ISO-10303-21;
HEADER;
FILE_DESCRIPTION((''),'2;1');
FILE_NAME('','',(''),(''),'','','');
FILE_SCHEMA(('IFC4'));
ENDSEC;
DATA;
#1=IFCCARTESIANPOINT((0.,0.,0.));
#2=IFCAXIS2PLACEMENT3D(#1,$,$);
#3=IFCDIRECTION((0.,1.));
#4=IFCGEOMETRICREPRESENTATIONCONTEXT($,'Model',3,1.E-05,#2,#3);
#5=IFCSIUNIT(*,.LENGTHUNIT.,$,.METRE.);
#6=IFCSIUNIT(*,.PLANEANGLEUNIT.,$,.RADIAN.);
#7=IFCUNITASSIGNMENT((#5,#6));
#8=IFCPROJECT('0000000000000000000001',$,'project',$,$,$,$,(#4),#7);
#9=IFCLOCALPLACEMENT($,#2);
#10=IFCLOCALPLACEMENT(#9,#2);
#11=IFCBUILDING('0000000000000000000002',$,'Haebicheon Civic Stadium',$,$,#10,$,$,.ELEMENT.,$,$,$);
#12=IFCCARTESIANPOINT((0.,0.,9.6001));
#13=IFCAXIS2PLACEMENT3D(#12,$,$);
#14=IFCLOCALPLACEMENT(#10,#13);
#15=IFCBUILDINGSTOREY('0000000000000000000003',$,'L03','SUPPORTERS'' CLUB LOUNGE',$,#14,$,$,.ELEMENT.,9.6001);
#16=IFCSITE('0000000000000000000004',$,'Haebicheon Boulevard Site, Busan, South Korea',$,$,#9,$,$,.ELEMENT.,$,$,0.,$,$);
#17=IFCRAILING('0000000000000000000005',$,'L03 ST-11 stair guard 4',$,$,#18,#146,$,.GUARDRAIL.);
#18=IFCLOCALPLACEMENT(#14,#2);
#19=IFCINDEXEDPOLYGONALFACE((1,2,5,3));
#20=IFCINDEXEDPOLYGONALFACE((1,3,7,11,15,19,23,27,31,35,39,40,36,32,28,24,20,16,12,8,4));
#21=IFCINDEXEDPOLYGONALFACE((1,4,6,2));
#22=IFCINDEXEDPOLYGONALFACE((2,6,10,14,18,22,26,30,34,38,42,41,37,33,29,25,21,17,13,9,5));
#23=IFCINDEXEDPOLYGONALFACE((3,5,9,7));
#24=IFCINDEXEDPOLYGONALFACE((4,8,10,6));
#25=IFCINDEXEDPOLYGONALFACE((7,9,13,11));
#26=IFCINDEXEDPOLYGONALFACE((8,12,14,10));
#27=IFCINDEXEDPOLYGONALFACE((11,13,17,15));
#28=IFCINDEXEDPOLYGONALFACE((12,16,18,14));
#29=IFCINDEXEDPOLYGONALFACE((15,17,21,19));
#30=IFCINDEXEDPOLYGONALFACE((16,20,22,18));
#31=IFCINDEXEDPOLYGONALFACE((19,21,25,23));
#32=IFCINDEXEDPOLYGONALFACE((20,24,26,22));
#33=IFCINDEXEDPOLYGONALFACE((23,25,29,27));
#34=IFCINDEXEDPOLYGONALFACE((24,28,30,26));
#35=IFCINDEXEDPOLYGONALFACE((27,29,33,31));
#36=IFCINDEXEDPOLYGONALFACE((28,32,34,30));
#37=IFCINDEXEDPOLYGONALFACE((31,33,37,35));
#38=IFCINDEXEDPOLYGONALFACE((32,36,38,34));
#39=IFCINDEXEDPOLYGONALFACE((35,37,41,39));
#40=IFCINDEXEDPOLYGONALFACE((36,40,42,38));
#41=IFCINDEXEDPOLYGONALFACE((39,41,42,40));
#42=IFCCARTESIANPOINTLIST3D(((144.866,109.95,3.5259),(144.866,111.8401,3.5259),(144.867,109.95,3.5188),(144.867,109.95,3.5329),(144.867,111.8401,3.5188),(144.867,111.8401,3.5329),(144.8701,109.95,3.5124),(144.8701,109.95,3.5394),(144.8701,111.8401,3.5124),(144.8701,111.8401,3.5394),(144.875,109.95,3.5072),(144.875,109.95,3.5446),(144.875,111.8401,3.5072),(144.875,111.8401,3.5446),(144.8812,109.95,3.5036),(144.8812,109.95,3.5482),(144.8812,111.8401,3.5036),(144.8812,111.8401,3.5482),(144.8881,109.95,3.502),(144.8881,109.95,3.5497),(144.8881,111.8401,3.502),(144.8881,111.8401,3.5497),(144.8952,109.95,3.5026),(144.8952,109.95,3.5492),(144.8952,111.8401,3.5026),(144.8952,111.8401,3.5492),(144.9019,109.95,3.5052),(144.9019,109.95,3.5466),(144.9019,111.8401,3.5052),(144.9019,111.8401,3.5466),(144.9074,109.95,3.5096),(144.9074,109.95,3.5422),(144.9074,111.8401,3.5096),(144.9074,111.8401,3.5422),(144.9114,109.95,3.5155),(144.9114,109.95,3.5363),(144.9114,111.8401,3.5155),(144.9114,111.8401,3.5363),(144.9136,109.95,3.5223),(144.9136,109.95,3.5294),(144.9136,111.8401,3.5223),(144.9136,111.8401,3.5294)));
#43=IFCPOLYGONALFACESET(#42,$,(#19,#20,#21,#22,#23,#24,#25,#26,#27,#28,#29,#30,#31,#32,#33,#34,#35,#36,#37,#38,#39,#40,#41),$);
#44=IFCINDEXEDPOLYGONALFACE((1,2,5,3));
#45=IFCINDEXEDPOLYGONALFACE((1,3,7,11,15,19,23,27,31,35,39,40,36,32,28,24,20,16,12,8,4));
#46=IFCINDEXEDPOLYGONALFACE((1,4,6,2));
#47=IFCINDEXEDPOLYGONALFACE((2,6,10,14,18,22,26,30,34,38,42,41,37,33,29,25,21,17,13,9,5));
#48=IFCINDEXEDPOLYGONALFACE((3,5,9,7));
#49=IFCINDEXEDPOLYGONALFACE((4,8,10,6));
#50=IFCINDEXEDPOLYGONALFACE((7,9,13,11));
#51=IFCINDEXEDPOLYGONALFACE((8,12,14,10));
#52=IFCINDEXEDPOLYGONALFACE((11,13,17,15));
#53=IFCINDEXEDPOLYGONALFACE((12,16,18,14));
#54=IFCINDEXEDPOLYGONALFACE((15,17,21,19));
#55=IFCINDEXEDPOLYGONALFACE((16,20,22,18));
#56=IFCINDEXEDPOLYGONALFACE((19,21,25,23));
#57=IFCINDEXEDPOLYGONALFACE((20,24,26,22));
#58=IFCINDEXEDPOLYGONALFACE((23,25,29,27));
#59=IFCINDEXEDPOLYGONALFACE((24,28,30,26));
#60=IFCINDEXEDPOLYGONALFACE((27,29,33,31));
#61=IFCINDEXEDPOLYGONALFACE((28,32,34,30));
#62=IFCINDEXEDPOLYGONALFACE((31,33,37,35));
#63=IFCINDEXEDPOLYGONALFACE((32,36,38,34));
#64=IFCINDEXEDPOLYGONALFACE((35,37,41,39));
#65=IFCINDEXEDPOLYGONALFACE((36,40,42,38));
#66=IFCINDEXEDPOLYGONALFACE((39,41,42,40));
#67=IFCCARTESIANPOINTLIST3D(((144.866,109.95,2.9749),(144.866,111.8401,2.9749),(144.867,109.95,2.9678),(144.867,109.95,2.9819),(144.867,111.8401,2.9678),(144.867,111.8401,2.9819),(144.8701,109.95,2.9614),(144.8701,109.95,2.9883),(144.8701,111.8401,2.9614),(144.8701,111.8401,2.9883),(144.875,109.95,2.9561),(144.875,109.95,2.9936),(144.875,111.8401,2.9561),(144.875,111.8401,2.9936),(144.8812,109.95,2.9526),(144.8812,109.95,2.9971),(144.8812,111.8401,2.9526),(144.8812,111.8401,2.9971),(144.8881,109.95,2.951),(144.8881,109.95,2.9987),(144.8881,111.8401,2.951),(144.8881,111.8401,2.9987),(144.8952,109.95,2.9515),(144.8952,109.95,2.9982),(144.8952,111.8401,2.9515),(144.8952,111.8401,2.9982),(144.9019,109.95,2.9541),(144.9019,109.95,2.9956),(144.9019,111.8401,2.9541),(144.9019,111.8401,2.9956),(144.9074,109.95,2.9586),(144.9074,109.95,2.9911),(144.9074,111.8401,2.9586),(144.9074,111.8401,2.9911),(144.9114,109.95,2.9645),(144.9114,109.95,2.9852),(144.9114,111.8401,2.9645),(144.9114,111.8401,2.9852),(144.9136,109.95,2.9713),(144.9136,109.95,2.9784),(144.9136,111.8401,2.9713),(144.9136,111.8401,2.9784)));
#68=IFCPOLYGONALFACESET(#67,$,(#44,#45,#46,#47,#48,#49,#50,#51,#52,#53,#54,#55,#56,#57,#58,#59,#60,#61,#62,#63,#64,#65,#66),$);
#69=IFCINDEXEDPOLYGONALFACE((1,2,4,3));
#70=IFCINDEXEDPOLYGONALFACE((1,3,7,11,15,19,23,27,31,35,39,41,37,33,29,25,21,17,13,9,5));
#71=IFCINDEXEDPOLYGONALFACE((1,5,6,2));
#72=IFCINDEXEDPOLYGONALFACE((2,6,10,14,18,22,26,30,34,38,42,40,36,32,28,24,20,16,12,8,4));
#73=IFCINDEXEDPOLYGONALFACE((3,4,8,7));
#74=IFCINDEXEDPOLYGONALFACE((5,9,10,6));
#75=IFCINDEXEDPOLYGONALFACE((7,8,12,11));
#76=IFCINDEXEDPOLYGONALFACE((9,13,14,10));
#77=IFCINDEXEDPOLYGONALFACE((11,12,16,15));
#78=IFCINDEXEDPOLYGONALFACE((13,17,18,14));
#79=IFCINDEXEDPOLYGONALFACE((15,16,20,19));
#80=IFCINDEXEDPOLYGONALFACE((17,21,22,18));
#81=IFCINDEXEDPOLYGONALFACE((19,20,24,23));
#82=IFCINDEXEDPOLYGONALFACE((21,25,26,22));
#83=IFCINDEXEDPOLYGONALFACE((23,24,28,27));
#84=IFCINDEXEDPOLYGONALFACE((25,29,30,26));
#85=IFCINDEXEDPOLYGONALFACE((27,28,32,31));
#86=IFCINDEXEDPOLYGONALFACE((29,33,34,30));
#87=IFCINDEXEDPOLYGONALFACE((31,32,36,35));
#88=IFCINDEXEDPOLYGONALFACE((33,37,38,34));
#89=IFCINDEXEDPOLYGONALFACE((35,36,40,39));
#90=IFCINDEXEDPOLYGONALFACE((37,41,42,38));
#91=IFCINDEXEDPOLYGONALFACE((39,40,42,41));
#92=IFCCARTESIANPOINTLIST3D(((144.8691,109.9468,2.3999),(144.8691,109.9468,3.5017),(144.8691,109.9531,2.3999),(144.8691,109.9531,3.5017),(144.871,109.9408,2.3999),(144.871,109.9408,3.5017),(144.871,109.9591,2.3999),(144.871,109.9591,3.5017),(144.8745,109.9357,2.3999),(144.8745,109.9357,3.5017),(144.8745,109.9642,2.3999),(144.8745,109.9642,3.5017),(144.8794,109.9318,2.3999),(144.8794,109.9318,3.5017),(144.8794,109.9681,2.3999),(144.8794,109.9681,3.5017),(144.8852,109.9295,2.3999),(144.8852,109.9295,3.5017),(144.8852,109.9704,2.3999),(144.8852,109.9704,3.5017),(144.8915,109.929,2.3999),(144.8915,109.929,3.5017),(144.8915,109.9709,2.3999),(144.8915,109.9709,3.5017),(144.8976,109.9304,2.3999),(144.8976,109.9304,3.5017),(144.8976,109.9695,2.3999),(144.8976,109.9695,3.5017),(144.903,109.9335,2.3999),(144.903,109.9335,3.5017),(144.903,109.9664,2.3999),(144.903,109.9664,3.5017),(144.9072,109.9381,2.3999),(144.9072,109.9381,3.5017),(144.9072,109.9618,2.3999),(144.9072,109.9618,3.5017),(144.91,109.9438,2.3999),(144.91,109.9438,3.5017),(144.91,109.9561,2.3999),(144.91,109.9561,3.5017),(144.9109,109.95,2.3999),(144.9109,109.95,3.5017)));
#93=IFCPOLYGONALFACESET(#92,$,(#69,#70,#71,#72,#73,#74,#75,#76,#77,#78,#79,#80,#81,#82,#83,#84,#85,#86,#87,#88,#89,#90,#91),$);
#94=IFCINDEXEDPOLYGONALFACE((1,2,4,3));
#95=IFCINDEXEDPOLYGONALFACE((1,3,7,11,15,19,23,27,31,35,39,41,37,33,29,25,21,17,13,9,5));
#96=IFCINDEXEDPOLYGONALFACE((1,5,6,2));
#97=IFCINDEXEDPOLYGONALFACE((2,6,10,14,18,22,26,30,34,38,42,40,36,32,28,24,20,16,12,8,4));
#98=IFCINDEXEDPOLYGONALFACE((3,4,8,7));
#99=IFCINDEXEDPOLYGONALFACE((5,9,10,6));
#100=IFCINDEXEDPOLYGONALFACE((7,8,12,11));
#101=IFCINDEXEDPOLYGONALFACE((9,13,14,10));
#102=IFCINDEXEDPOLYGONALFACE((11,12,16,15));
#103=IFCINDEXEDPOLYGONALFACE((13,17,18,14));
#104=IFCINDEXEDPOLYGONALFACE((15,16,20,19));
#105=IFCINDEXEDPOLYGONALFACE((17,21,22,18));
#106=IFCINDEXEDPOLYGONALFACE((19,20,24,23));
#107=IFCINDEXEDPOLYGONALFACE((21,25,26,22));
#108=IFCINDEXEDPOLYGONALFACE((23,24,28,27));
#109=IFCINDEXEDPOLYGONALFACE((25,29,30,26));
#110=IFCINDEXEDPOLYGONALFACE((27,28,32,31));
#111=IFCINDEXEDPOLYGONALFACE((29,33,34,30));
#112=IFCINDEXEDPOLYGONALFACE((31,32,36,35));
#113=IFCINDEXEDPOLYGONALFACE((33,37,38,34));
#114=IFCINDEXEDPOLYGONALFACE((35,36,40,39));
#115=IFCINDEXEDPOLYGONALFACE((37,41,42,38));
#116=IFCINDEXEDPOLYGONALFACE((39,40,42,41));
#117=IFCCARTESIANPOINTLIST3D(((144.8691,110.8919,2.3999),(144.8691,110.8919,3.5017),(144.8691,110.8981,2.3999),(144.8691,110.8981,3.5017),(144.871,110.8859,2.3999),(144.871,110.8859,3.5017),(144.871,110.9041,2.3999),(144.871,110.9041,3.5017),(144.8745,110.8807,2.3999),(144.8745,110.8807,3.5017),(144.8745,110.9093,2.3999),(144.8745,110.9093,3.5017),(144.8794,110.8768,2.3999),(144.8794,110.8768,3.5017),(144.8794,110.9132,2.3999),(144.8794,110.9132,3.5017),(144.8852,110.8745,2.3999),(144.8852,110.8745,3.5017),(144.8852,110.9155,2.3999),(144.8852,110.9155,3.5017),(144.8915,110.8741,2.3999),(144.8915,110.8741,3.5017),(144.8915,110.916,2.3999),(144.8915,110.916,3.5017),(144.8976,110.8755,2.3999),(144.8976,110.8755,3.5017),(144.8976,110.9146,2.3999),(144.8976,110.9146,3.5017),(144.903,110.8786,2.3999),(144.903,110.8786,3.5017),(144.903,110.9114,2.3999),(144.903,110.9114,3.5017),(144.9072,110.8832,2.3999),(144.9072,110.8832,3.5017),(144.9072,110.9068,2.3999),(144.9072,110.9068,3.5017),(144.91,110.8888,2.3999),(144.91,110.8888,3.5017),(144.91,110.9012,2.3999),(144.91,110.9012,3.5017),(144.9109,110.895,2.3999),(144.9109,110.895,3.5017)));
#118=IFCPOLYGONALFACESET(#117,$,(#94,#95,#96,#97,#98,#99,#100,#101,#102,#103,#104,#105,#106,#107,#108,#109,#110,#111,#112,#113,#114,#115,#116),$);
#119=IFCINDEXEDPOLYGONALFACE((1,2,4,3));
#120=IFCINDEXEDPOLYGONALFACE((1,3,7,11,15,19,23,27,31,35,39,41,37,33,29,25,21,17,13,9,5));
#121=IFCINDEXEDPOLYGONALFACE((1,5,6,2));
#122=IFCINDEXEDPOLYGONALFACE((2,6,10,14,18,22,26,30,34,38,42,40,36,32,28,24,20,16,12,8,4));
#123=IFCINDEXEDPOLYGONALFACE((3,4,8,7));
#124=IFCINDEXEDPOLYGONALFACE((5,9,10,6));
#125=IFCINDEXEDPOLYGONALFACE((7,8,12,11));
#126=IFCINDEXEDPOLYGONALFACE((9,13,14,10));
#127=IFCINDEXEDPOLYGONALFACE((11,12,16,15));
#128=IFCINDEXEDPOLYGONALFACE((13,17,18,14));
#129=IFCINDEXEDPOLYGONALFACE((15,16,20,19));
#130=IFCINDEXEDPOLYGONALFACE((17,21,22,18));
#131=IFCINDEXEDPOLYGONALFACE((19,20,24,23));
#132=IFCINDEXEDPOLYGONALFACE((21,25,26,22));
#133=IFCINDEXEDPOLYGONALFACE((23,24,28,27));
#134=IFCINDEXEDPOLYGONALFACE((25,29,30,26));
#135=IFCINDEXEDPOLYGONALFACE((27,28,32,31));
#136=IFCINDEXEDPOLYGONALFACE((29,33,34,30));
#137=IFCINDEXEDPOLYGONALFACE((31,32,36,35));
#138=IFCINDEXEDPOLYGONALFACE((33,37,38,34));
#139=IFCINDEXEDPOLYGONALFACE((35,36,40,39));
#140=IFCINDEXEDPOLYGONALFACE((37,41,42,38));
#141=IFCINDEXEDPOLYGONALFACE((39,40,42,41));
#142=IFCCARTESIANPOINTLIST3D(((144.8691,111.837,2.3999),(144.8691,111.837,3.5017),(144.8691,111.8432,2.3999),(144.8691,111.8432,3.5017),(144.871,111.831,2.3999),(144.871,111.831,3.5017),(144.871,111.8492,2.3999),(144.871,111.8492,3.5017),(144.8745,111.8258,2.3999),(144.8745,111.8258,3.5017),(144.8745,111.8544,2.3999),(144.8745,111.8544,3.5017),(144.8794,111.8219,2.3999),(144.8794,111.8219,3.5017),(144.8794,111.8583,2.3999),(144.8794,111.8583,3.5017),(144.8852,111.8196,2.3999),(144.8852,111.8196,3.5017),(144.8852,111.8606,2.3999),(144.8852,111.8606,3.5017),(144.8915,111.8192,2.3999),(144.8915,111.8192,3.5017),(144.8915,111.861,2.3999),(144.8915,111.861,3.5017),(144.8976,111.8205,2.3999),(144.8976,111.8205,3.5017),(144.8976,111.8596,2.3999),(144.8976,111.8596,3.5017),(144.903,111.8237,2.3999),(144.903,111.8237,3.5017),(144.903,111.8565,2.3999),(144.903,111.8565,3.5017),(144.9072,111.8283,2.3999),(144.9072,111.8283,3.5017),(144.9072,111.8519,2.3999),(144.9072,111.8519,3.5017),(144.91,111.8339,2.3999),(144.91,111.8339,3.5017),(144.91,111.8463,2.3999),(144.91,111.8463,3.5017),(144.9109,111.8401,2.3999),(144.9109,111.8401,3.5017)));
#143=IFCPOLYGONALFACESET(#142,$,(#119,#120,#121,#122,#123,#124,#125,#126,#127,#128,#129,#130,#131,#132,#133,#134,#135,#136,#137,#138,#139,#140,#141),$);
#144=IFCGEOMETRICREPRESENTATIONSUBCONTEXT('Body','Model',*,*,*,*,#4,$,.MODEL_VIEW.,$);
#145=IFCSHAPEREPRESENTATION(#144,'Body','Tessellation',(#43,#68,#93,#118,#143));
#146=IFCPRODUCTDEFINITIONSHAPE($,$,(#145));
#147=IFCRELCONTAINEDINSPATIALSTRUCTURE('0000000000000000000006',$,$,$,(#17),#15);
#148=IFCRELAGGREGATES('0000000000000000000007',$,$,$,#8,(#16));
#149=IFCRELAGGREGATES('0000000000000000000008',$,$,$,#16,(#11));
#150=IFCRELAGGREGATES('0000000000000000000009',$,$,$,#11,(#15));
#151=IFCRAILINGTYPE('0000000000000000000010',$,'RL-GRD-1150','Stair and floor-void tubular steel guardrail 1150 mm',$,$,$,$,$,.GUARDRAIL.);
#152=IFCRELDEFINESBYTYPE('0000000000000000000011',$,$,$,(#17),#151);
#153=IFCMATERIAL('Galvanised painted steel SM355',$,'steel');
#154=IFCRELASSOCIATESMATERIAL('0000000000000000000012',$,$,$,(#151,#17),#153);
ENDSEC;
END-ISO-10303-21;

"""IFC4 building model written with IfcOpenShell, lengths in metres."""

from ifc_helpers import new_model, si_unit, direction, frame, origin, origin_2d, place, context, subcontext, project, spatial, circle, extrude, material, type_object, element, save


model = new_model("IFC4")

# Units and contexts
model_context = context("Model", 3, precision=1e-05, world=origin(), true_north=direction((0.0, 1.0)))
body_context = subcontext(model_context, "Body", "Model", "MODEL_VIEW")
ifc_project = project(units=[si_unit("LENGTHUNIT", "METRE"), si_unit("PLANEANGLEUNIT", "RADIAN")], contexts=[model_context])

# Site, building, storey
site_placement = place(None, origin())
site = spatial("IfcSite", under=ifc_project, at=site_placement, Name="Haebicheon Boulevard Site, Busan, South Korea", CompositionType="ELEMENT", RefElevation=0.0)
building_placement = place(site_placement, origin())
building = spatial("IfcBuilding", under=site, at=building_placement, Name="Haebicheon Civic Stadium", CompositionType="ELEMENT")
storey_placement = place(building_placement, frame((0.0, 0.0, 9.6001)))
storey = spatial("IfcBuildingStorey", under=building, at=storey_placement, Name="L03", Description="SUPPORTERS' CLUB LOUNGE", CompositionType="ELEMENT", Elevation=9.6001)

# Railing
ifc_material_1 = material(Name="Galvanised painted steel SM355", Category="steel")
railing_type_1 = type_object("IfcRailingType", Name="RL-GRD-1150", Description="Stair and floor-void tubular steel guardrail 1150 mm", PredefinedType="GUARDRAIL", material=ifc_material_1)
for number, where, name in (
    (1, (144.8899, 109.95, 2.3999), "L03 ST-11 stair guard 4"),
):
    element("IfcRailing", number, at=place(storey_placement, frame(where)), inside=storey, type_object=railing_type_1, material=ifc_material_1, Name=name, PredefinedType="GUARDRAIL", context=body_context, shape_type="SweptSolid", body=[
        extrude(circle(Radius=0.0239, at=origin_2d()), frame((0.0, 0.0, 1.126), z_axis=(0.0, 1.0, 0.0), x_axis=(-1.0, 0.0, 0.0)), (0.0, 0.0, 1.0), 1.8901),
        extrude(circle(Radius=0.0239, at=origin_2d()), frame((0.0, 0.0, 0.575), z_axis=(0.0, 1.0, 0.0), x_axis=(-1.0, 0.0, 0.0)), (0.0, 0.0, 1.0), 1.8901),
        extrude(circle(Radius=0.021, at=origin_2d()), origin(), (0.0, 0.0, 1.0), 1.1018),
        extrude(circle(Radius=0.021, at=origin_2d()), frame((0.0, 0.9451, 0.0)), (0.0, 0.0, 1.0), 1.1018),
        extrude(circle(Radius=0.021, at=origin_2d()), frame((0.0, 1.8901, 0.0)), (0.0, 0.0, 1.0), 1.1018),
    ])

save(model, "model.ifc")
